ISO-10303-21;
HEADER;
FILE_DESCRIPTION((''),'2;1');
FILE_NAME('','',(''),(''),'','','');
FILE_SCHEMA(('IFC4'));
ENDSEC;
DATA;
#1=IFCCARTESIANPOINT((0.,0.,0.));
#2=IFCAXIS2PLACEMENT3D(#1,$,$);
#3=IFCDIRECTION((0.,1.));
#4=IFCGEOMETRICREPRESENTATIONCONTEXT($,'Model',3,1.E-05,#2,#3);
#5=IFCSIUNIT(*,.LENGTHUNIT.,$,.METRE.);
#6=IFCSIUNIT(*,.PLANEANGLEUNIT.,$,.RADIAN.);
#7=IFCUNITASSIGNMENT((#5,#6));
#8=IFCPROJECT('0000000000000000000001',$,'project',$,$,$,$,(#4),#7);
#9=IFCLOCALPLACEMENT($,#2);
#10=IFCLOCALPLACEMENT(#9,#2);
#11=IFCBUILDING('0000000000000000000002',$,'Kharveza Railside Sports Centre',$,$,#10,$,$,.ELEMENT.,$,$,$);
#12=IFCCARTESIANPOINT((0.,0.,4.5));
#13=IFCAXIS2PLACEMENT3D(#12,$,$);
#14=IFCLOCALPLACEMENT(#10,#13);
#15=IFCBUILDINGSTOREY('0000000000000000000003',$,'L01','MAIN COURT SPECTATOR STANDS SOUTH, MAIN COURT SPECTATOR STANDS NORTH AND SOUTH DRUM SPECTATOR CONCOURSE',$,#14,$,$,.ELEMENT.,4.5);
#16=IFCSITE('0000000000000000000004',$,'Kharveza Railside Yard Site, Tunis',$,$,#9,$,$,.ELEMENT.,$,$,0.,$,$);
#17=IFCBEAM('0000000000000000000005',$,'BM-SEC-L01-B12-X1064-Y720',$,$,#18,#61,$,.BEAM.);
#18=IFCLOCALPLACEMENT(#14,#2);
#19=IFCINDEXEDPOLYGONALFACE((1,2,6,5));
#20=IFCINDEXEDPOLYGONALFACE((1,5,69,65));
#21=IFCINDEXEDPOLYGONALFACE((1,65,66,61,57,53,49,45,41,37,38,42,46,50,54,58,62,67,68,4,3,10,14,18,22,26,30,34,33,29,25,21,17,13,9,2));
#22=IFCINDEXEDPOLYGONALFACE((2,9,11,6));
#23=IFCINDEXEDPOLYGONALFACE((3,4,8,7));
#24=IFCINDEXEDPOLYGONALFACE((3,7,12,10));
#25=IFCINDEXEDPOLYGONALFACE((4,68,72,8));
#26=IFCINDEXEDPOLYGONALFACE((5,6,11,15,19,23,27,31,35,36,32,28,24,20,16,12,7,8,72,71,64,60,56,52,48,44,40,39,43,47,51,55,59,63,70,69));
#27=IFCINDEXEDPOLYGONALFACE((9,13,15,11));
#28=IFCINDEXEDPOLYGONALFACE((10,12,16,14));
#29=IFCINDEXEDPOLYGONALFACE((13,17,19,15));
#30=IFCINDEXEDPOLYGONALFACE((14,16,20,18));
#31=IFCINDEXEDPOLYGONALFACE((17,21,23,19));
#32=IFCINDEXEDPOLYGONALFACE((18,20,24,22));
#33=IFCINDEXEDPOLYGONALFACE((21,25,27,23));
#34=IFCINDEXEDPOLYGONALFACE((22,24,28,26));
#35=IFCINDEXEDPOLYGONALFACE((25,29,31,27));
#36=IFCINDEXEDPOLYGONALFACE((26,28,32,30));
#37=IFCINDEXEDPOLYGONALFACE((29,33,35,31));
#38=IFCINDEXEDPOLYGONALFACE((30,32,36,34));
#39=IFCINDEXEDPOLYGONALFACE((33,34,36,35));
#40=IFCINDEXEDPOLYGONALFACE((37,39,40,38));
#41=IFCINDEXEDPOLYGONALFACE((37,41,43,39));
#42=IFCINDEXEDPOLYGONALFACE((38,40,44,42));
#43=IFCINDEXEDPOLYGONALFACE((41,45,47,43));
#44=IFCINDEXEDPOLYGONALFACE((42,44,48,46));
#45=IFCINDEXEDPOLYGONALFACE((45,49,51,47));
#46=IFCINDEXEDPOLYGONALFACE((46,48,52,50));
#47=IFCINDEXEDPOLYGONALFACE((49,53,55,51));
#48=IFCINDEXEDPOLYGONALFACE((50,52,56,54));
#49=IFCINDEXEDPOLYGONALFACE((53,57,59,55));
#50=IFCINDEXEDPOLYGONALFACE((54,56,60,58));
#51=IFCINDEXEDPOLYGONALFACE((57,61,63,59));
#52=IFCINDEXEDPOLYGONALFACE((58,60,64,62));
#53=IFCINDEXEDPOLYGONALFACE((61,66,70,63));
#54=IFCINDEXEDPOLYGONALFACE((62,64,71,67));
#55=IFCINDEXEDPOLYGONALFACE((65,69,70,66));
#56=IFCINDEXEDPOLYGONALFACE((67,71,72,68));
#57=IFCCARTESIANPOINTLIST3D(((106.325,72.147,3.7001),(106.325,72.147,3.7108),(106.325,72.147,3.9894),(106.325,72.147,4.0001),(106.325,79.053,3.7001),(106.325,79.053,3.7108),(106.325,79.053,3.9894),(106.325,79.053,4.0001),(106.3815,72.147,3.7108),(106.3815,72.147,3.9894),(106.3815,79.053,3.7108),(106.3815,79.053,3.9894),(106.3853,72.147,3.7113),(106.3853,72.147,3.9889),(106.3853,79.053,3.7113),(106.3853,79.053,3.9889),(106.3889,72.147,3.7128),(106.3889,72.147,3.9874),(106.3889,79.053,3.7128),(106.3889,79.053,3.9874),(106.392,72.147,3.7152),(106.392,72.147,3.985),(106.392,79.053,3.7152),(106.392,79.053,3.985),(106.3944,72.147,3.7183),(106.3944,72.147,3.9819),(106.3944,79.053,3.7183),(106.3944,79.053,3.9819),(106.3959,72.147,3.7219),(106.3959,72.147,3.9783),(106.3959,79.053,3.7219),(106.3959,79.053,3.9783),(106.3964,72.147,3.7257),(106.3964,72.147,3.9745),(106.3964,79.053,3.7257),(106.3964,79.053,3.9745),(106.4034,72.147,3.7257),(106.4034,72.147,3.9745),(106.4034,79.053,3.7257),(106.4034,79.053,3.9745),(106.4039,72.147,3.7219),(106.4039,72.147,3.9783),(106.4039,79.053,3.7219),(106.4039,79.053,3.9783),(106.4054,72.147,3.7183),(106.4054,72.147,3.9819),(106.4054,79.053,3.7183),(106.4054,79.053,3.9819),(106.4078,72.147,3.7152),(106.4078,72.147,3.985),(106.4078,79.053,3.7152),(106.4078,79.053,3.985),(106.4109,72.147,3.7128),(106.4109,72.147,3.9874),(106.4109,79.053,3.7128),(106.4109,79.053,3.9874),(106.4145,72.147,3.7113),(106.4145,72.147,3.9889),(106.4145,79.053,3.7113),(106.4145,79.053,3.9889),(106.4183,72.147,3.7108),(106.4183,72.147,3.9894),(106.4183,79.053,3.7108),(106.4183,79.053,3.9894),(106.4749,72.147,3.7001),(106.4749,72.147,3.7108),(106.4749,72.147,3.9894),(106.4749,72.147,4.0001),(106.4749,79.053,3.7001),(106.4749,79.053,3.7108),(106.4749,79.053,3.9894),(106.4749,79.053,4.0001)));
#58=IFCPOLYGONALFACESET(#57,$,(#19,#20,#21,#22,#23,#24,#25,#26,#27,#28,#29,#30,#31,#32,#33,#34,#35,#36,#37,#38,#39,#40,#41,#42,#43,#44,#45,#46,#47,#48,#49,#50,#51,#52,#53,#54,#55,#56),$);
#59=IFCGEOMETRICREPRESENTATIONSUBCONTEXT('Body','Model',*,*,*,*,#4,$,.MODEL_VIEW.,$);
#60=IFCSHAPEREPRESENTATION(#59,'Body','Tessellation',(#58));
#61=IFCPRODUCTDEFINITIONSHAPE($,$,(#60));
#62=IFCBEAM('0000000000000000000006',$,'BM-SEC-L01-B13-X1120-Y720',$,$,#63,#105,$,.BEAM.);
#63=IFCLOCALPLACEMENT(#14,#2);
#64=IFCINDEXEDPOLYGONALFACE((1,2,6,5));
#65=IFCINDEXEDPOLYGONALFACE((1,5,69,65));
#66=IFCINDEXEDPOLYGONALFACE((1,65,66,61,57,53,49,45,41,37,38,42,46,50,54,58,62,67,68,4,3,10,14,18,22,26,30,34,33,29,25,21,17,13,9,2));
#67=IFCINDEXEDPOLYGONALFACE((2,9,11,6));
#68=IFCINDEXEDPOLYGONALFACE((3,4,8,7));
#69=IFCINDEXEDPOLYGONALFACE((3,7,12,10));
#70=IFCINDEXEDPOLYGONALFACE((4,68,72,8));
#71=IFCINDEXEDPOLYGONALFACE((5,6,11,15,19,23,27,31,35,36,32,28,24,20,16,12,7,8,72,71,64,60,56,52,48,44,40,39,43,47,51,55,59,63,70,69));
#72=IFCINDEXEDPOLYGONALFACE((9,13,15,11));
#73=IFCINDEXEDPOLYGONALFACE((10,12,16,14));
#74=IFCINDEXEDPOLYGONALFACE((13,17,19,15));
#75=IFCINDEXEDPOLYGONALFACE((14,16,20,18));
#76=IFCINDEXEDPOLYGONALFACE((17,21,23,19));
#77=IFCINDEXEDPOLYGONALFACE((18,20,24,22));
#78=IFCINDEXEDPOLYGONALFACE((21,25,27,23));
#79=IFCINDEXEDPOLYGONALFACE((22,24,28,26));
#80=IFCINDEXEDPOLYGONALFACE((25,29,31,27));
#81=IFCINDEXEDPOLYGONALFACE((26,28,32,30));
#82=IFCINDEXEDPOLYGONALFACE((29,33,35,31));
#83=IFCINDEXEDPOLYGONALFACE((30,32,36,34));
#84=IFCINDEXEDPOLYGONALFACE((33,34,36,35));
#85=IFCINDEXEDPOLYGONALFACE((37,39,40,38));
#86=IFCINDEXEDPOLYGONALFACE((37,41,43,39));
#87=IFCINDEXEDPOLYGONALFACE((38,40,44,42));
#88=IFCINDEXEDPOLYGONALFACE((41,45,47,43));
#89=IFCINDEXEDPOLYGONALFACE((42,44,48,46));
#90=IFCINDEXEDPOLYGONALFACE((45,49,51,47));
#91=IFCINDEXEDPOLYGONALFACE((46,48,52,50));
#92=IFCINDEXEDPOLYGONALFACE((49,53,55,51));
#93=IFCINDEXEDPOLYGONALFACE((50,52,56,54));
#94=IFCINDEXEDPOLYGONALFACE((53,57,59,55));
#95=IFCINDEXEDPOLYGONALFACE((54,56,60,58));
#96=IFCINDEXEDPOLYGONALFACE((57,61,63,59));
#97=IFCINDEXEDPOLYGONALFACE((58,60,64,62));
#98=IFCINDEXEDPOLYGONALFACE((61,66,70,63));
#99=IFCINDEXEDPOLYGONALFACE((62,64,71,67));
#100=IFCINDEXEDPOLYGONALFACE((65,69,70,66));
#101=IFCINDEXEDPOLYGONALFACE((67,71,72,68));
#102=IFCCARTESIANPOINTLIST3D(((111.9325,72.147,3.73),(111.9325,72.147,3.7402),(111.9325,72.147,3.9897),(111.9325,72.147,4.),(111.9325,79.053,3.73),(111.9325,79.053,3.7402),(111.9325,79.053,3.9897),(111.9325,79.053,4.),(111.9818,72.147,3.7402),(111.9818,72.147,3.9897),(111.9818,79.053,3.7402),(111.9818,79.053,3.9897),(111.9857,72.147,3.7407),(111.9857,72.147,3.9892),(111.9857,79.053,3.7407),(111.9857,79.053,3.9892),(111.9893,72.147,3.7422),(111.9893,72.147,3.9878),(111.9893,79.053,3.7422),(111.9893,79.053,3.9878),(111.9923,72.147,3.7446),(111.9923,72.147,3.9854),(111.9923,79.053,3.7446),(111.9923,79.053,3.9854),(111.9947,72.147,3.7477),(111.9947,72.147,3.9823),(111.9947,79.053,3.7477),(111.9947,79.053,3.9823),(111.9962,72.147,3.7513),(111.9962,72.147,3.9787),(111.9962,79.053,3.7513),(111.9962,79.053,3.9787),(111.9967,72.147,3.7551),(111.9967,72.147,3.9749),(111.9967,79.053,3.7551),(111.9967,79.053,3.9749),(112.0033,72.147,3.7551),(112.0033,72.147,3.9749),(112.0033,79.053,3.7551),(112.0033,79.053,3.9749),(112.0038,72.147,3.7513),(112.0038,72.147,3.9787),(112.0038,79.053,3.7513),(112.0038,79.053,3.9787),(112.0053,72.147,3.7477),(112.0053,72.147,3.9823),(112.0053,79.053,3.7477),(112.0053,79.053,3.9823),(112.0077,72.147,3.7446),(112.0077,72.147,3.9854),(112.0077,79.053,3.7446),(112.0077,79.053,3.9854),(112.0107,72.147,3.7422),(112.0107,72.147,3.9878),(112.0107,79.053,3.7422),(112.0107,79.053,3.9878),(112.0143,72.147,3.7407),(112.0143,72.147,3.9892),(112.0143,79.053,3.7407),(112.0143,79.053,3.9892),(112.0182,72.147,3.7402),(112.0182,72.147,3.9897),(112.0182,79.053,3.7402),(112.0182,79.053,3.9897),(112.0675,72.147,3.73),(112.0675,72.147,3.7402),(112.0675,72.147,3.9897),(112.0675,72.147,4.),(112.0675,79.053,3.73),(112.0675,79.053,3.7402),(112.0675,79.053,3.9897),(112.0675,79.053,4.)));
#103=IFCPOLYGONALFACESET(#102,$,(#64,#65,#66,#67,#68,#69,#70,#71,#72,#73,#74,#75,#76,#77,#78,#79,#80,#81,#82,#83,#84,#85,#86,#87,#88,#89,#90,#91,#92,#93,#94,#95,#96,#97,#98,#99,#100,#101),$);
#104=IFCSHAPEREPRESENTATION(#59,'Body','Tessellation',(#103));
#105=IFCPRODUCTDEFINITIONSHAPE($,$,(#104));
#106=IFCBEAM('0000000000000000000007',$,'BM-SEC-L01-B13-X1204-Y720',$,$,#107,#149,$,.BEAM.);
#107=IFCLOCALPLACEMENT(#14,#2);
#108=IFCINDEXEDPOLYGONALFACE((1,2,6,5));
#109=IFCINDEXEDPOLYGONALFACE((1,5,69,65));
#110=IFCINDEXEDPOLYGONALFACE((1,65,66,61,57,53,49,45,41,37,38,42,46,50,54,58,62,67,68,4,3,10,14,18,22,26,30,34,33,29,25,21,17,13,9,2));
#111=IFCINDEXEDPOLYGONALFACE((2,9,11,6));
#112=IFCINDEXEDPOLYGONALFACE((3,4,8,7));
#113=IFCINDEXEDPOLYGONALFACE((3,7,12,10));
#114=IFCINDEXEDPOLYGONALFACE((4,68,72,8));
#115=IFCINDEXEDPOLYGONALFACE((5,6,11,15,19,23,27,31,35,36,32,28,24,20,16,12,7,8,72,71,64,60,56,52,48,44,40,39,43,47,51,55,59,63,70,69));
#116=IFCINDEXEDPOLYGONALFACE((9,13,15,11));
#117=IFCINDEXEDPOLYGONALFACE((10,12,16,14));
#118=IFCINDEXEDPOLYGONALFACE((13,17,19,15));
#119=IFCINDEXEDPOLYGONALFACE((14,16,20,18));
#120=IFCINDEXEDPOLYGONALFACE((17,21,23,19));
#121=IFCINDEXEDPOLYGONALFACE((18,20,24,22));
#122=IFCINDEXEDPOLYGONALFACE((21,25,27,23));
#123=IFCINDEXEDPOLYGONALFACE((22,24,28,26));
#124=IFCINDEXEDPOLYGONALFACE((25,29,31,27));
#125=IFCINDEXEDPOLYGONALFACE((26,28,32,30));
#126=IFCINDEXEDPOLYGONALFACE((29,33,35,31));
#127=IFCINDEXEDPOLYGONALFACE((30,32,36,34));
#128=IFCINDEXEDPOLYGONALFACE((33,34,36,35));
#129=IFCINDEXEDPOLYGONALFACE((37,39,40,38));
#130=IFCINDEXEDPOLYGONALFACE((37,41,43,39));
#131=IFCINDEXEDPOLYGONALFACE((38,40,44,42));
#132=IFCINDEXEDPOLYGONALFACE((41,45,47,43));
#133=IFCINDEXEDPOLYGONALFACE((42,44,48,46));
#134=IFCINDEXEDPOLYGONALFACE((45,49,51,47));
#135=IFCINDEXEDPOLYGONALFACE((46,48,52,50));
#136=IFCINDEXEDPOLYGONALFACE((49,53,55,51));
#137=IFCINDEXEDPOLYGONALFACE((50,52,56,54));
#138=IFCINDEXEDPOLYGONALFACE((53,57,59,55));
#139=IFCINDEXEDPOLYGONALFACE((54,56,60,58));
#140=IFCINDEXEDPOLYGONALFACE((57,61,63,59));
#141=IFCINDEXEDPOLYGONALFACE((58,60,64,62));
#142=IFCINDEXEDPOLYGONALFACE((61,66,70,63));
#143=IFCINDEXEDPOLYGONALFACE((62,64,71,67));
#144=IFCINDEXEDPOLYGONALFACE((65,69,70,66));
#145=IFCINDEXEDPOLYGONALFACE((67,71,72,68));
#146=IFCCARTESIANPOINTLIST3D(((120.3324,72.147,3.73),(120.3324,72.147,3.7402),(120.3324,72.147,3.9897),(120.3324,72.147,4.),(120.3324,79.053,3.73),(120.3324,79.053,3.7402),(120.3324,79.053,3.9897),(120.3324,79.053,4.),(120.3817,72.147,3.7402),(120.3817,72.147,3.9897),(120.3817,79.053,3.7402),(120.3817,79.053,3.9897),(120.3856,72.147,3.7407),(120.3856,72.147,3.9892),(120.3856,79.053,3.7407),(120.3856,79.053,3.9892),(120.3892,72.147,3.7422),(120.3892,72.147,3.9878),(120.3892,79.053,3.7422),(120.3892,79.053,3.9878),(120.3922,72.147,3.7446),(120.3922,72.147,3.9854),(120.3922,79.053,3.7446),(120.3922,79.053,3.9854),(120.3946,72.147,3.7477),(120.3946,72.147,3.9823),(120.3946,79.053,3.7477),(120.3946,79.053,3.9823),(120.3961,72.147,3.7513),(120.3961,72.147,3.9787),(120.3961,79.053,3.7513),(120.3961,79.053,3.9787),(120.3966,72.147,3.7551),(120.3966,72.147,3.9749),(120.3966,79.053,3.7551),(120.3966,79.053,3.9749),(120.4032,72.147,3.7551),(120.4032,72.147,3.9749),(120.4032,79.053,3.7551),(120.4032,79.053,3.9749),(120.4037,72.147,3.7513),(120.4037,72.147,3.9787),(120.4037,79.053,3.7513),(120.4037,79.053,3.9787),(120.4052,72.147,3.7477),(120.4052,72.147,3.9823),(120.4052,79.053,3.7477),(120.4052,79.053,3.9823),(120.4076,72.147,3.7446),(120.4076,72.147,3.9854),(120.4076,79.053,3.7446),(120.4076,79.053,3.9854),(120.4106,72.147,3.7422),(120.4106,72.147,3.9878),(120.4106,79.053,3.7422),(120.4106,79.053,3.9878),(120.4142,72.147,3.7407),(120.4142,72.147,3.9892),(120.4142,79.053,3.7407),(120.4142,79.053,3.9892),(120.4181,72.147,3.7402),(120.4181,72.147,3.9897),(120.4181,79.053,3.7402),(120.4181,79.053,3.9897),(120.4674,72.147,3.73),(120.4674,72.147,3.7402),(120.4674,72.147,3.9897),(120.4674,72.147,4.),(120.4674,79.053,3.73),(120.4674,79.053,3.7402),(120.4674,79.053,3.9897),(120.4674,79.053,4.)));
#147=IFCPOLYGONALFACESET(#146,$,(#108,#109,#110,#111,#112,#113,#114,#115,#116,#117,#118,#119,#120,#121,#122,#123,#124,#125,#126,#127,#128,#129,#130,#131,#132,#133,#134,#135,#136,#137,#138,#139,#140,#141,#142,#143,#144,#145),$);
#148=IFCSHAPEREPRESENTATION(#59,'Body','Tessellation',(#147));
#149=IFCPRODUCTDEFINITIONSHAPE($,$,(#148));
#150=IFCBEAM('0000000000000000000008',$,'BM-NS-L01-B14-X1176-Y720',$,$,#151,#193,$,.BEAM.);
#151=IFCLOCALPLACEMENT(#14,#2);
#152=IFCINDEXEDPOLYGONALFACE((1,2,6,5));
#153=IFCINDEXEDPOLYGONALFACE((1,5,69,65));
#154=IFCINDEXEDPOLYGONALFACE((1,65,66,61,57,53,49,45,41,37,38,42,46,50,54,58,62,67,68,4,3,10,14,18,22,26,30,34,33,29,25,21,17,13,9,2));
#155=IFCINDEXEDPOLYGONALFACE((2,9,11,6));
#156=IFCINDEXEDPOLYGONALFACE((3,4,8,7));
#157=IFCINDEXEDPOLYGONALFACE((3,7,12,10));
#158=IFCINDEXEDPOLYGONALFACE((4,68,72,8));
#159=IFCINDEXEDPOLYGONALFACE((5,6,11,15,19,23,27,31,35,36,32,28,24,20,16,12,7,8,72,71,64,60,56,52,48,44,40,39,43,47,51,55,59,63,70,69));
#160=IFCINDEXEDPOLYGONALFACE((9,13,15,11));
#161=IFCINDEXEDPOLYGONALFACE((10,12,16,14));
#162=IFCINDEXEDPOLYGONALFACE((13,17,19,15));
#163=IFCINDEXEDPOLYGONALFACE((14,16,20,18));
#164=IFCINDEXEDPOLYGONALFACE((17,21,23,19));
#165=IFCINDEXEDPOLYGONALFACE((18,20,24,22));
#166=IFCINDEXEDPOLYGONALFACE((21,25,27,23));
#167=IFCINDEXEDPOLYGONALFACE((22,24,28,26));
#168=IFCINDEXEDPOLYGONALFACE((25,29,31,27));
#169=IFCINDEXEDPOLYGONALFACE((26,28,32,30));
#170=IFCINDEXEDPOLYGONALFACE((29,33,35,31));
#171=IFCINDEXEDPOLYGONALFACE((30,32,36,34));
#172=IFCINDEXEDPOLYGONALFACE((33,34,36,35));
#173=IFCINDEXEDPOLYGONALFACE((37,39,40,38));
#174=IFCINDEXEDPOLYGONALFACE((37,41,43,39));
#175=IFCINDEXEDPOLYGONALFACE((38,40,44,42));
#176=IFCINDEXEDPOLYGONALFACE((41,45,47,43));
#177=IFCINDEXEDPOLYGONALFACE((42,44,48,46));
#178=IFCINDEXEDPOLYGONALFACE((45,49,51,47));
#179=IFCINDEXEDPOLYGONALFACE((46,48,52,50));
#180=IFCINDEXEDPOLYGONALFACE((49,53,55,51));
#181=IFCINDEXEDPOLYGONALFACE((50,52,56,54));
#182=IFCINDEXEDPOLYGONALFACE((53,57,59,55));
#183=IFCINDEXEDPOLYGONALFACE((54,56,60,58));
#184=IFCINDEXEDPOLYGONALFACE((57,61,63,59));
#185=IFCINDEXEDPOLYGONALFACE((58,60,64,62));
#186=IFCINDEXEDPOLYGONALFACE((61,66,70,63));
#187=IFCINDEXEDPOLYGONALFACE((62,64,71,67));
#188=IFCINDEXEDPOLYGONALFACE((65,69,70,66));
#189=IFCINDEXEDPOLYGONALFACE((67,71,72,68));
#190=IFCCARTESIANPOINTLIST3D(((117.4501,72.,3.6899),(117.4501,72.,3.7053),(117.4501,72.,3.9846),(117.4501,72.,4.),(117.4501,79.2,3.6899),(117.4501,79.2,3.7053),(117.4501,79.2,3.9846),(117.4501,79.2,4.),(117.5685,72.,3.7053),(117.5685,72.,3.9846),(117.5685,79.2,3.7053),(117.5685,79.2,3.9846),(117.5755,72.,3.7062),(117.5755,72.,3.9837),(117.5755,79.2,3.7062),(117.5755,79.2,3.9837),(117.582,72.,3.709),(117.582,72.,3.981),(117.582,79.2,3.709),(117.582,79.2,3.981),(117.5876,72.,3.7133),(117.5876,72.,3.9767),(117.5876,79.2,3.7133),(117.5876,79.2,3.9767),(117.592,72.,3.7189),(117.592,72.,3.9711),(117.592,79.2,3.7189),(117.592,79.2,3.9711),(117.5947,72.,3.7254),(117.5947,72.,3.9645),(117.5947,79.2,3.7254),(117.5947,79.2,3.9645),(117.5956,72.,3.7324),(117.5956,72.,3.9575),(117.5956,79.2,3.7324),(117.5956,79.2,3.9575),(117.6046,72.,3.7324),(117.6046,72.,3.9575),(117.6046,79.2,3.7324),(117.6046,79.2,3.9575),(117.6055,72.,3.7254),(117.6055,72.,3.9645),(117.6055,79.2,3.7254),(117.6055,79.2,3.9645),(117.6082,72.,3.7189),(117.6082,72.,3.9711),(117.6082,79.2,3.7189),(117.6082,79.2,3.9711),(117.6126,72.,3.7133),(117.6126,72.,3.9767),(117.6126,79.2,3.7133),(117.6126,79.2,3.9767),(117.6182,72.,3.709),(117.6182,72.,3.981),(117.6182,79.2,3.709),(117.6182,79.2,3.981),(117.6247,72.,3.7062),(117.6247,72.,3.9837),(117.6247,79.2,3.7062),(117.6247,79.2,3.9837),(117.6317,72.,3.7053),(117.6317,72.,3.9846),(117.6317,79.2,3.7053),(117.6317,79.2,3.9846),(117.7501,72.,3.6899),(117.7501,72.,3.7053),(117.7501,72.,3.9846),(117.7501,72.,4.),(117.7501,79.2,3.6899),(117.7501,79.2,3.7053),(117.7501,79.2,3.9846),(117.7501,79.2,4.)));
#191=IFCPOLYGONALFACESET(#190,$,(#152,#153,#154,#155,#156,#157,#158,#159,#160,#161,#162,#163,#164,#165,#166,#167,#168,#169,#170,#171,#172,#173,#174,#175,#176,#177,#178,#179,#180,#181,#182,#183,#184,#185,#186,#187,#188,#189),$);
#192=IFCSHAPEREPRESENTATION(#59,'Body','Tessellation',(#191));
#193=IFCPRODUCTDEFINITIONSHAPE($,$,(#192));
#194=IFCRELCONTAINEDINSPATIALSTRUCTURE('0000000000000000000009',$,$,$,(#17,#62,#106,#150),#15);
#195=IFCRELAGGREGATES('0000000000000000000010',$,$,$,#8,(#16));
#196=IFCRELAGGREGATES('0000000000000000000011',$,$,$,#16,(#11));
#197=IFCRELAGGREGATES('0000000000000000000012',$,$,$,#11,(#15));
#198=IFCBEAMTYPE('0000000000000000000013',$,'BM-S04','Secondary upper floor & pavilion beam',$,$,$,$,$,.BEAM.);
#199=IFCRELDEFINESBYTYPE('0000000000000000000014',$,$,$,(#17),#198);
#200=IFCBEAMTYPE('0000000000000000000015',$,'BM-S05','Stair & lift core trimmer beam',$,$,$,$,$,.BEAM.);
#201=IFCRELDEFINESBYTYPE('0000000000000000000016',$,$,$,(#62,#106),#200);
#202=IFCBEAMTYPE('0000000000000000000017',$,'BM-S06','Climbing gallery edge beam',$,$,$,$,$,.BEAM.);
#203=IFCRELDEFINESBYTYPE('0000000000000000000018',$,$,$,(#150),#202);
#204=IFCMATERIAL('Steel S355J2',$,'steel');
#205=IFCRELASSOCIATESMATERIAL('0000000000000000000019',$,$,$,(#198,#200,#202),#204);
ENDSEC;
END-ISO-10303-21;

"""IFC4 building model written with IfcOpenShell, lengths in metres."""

from ifc_helpers import new_model, si_unit, direction, frame, origin, origin_2d, place, context, subcontext, project, spatial, i_section, extrude, material, material_profile, profile_set, type_object, element, save


model = new_model("IFC4")

# Units and contexts
model_context = context("Model", 3, precision=1e-05, world=origin(), true_north=direction((0.0, 1.0)))
body_context = subcontext(model_context, "Body", "Model", "MODEL_VIEW")
ifc_project = project(units=[si_unit("LENGTHUNIT", "METRE"), si_unit("PLANEANGLEUNIT", "RADIAN")], contexts=[model_context])

# Site, building, storey
site_placement = place(None, origin())
site = spatial("IfcSite", under=ifc_project, at=site_placement, Name="Kharveza Railside Yard Site, Tunis", CompositionType="ELEMENT", RefElevation=0.0)
building_placement = place(site_placement, origin())
building = spatial("IfcBuilding", under=site, at=building_placement, Name="Kharveza Railside Sports Centre", CompositionType="ELEMENT")
storey_placement = place(building_placement, frame((0.0, 0.0, 4.5)))
storey = spatial("IfcBuildingStorey", under=building, at=storey_placement, Name="L01", Description="MAIN COURT SPECTATOR STANDS SOUTH, MAIN COURT SPECTATOR STANDS NORTH AND SOUTH DRUM SPECTATOR CONCOURSE", CompositionType="ELEMENT", Elevation=4.5)

# Shared definitions
ifc_material_1 = material(Name="Steel S355J2", Category="steel")

# Beams
ifc_material_profile_1 = material_profile(ifc_material_1, i_section(OverallWidth=0.1499, OverallDepth=0.3, WebThickness=0.0071, FlangeThickness=0.0107, FilletRadius=0.0149, at=origin_2d()), Name="IPE 300")
ifc_profile_set_1 = profile_set([ifc_material_profile_1], Name="Steel S355J2")
beam_type_1 = type_object("IfcBeamType", Name="BM-S04", Description="Secondary upper floor & pavilion beam", PredefinedType="BEAM", material=ifc_profile_set_1)
beam_1_placement = place(storey_placement, frame((106.3999, 72.147, 3.8501), z_axis=(0.0, 1.0, 0.0), x_axis=(-1.0, 0.0, 0.0)))
element("IfcBeam", 1, at=beam_1_placement, inside=storey, type_object=beam_type_1, Name="BM-SEC-L01-B12-X1064-Y720", PredefinedType="BEAM", context=body_context, shape_type="SweptSolid", body=[
    extrude(i_section(OverallWidth=0.1499, OverallDepth=0.3, WebThickness=0.0071, FlangeThickness=0.0107, FilletRadius=0.0149, at=origin_2d()), origin(), (0.0, 0.0, 1.0), 6.906),
])
ifc_material_profile_2 = material_profile(ifc_material_1, i_section(OverallWidth=0.135, OverallDepth=0.27, WebThickness=0.0066, FlangeThickness=0.0103, FilletRadius=0.0149, at=origin_2d()), Name="IPE 270")
ifc_profile_set_2 = profile_set([ifc_material_profile_2], Name="Steel S355J2")
beam_type_2 = type_object("IfcBeamType", Name="BM-S05", Description="Stair & lift core trimmer beam", PredefinedType="BEAM", material=ifc_profile_set_2)
for number, where, z_axis, x_axis, name in (
    (2, (112.0, 72.147, 3.865), (0.0, 1.0, 0.0), (-1.0, 0.0, 0.0), "BM-SEC-L01-B13-X1120-Y720"),
    (3, (120.3999, 72.147, 3.865), (0.0, 1.0, 0.0), (-1.0, 0.0, 0.0), "BM-SEC-L01-B13-X1204-Y720"),
):
    element("IfcBeam", number, at=place(storey_placement, frame(where, z_axis=z_axis, x_axis=x_axis)), inside=storey, type_object=beam_type_2, Name=name, PredefinedType="BEAM", context=body_context, shape_type="SweptSolid", body=[
        extrude(i_section(OverallWidth=0.135, OverallDepth=0.27, WebThickness=0.0066, FlangeThickness=0.0103, FilletRadius=0.0149, at=origin_2d()), origin(), (0.0, 0.0, 1.0), 6.906),
    ])
ifc_material_profile_3 = material_profile(ifc_material_1, i_section(OverallWidth=0.3, OverallDepth=0.3101, WebThickness=0.009, FlangeThickness=0.0154, FilletRadius=0.0271, at=origin_2d()), Name="HEA 320")
ifc_profile_set_3 = profile_set([ifc_material_profile_3], Name="Steel S355J2")
beam_type_3 = type_object("IfcBeamType", Name="BM-S06", Description="Climbing gallery edge beam", PredefinedType="BEAM", material=ifc_profile_set_3)
beam_2_placement = place(storey_placement, frame((117.6001, 72.0, 3.845), z_axis=(0.0, 1.0, 0.0), x_axis=(-1.0, 0.0, 0.0)))
element("IfcBeam", 4, at=beam_2_placement, inside=storey, type_object=beam_type_3, Name="BM-NS-L01-B14-X1176-Y720", PredefinedType="BEAM", context=body_context, shape_type="SweptSolid", body=[
    extrude(i_section(OverallWidth=0.3, OverallDepth=0.3101, WebThickness=0.009, FlangeThickness=0.0154, FilletRadius=0.0271, at=origin_2d()), origin(), (0.0, 0.0, 1.0), 7.2),
])

save(model, "model.ifc")
